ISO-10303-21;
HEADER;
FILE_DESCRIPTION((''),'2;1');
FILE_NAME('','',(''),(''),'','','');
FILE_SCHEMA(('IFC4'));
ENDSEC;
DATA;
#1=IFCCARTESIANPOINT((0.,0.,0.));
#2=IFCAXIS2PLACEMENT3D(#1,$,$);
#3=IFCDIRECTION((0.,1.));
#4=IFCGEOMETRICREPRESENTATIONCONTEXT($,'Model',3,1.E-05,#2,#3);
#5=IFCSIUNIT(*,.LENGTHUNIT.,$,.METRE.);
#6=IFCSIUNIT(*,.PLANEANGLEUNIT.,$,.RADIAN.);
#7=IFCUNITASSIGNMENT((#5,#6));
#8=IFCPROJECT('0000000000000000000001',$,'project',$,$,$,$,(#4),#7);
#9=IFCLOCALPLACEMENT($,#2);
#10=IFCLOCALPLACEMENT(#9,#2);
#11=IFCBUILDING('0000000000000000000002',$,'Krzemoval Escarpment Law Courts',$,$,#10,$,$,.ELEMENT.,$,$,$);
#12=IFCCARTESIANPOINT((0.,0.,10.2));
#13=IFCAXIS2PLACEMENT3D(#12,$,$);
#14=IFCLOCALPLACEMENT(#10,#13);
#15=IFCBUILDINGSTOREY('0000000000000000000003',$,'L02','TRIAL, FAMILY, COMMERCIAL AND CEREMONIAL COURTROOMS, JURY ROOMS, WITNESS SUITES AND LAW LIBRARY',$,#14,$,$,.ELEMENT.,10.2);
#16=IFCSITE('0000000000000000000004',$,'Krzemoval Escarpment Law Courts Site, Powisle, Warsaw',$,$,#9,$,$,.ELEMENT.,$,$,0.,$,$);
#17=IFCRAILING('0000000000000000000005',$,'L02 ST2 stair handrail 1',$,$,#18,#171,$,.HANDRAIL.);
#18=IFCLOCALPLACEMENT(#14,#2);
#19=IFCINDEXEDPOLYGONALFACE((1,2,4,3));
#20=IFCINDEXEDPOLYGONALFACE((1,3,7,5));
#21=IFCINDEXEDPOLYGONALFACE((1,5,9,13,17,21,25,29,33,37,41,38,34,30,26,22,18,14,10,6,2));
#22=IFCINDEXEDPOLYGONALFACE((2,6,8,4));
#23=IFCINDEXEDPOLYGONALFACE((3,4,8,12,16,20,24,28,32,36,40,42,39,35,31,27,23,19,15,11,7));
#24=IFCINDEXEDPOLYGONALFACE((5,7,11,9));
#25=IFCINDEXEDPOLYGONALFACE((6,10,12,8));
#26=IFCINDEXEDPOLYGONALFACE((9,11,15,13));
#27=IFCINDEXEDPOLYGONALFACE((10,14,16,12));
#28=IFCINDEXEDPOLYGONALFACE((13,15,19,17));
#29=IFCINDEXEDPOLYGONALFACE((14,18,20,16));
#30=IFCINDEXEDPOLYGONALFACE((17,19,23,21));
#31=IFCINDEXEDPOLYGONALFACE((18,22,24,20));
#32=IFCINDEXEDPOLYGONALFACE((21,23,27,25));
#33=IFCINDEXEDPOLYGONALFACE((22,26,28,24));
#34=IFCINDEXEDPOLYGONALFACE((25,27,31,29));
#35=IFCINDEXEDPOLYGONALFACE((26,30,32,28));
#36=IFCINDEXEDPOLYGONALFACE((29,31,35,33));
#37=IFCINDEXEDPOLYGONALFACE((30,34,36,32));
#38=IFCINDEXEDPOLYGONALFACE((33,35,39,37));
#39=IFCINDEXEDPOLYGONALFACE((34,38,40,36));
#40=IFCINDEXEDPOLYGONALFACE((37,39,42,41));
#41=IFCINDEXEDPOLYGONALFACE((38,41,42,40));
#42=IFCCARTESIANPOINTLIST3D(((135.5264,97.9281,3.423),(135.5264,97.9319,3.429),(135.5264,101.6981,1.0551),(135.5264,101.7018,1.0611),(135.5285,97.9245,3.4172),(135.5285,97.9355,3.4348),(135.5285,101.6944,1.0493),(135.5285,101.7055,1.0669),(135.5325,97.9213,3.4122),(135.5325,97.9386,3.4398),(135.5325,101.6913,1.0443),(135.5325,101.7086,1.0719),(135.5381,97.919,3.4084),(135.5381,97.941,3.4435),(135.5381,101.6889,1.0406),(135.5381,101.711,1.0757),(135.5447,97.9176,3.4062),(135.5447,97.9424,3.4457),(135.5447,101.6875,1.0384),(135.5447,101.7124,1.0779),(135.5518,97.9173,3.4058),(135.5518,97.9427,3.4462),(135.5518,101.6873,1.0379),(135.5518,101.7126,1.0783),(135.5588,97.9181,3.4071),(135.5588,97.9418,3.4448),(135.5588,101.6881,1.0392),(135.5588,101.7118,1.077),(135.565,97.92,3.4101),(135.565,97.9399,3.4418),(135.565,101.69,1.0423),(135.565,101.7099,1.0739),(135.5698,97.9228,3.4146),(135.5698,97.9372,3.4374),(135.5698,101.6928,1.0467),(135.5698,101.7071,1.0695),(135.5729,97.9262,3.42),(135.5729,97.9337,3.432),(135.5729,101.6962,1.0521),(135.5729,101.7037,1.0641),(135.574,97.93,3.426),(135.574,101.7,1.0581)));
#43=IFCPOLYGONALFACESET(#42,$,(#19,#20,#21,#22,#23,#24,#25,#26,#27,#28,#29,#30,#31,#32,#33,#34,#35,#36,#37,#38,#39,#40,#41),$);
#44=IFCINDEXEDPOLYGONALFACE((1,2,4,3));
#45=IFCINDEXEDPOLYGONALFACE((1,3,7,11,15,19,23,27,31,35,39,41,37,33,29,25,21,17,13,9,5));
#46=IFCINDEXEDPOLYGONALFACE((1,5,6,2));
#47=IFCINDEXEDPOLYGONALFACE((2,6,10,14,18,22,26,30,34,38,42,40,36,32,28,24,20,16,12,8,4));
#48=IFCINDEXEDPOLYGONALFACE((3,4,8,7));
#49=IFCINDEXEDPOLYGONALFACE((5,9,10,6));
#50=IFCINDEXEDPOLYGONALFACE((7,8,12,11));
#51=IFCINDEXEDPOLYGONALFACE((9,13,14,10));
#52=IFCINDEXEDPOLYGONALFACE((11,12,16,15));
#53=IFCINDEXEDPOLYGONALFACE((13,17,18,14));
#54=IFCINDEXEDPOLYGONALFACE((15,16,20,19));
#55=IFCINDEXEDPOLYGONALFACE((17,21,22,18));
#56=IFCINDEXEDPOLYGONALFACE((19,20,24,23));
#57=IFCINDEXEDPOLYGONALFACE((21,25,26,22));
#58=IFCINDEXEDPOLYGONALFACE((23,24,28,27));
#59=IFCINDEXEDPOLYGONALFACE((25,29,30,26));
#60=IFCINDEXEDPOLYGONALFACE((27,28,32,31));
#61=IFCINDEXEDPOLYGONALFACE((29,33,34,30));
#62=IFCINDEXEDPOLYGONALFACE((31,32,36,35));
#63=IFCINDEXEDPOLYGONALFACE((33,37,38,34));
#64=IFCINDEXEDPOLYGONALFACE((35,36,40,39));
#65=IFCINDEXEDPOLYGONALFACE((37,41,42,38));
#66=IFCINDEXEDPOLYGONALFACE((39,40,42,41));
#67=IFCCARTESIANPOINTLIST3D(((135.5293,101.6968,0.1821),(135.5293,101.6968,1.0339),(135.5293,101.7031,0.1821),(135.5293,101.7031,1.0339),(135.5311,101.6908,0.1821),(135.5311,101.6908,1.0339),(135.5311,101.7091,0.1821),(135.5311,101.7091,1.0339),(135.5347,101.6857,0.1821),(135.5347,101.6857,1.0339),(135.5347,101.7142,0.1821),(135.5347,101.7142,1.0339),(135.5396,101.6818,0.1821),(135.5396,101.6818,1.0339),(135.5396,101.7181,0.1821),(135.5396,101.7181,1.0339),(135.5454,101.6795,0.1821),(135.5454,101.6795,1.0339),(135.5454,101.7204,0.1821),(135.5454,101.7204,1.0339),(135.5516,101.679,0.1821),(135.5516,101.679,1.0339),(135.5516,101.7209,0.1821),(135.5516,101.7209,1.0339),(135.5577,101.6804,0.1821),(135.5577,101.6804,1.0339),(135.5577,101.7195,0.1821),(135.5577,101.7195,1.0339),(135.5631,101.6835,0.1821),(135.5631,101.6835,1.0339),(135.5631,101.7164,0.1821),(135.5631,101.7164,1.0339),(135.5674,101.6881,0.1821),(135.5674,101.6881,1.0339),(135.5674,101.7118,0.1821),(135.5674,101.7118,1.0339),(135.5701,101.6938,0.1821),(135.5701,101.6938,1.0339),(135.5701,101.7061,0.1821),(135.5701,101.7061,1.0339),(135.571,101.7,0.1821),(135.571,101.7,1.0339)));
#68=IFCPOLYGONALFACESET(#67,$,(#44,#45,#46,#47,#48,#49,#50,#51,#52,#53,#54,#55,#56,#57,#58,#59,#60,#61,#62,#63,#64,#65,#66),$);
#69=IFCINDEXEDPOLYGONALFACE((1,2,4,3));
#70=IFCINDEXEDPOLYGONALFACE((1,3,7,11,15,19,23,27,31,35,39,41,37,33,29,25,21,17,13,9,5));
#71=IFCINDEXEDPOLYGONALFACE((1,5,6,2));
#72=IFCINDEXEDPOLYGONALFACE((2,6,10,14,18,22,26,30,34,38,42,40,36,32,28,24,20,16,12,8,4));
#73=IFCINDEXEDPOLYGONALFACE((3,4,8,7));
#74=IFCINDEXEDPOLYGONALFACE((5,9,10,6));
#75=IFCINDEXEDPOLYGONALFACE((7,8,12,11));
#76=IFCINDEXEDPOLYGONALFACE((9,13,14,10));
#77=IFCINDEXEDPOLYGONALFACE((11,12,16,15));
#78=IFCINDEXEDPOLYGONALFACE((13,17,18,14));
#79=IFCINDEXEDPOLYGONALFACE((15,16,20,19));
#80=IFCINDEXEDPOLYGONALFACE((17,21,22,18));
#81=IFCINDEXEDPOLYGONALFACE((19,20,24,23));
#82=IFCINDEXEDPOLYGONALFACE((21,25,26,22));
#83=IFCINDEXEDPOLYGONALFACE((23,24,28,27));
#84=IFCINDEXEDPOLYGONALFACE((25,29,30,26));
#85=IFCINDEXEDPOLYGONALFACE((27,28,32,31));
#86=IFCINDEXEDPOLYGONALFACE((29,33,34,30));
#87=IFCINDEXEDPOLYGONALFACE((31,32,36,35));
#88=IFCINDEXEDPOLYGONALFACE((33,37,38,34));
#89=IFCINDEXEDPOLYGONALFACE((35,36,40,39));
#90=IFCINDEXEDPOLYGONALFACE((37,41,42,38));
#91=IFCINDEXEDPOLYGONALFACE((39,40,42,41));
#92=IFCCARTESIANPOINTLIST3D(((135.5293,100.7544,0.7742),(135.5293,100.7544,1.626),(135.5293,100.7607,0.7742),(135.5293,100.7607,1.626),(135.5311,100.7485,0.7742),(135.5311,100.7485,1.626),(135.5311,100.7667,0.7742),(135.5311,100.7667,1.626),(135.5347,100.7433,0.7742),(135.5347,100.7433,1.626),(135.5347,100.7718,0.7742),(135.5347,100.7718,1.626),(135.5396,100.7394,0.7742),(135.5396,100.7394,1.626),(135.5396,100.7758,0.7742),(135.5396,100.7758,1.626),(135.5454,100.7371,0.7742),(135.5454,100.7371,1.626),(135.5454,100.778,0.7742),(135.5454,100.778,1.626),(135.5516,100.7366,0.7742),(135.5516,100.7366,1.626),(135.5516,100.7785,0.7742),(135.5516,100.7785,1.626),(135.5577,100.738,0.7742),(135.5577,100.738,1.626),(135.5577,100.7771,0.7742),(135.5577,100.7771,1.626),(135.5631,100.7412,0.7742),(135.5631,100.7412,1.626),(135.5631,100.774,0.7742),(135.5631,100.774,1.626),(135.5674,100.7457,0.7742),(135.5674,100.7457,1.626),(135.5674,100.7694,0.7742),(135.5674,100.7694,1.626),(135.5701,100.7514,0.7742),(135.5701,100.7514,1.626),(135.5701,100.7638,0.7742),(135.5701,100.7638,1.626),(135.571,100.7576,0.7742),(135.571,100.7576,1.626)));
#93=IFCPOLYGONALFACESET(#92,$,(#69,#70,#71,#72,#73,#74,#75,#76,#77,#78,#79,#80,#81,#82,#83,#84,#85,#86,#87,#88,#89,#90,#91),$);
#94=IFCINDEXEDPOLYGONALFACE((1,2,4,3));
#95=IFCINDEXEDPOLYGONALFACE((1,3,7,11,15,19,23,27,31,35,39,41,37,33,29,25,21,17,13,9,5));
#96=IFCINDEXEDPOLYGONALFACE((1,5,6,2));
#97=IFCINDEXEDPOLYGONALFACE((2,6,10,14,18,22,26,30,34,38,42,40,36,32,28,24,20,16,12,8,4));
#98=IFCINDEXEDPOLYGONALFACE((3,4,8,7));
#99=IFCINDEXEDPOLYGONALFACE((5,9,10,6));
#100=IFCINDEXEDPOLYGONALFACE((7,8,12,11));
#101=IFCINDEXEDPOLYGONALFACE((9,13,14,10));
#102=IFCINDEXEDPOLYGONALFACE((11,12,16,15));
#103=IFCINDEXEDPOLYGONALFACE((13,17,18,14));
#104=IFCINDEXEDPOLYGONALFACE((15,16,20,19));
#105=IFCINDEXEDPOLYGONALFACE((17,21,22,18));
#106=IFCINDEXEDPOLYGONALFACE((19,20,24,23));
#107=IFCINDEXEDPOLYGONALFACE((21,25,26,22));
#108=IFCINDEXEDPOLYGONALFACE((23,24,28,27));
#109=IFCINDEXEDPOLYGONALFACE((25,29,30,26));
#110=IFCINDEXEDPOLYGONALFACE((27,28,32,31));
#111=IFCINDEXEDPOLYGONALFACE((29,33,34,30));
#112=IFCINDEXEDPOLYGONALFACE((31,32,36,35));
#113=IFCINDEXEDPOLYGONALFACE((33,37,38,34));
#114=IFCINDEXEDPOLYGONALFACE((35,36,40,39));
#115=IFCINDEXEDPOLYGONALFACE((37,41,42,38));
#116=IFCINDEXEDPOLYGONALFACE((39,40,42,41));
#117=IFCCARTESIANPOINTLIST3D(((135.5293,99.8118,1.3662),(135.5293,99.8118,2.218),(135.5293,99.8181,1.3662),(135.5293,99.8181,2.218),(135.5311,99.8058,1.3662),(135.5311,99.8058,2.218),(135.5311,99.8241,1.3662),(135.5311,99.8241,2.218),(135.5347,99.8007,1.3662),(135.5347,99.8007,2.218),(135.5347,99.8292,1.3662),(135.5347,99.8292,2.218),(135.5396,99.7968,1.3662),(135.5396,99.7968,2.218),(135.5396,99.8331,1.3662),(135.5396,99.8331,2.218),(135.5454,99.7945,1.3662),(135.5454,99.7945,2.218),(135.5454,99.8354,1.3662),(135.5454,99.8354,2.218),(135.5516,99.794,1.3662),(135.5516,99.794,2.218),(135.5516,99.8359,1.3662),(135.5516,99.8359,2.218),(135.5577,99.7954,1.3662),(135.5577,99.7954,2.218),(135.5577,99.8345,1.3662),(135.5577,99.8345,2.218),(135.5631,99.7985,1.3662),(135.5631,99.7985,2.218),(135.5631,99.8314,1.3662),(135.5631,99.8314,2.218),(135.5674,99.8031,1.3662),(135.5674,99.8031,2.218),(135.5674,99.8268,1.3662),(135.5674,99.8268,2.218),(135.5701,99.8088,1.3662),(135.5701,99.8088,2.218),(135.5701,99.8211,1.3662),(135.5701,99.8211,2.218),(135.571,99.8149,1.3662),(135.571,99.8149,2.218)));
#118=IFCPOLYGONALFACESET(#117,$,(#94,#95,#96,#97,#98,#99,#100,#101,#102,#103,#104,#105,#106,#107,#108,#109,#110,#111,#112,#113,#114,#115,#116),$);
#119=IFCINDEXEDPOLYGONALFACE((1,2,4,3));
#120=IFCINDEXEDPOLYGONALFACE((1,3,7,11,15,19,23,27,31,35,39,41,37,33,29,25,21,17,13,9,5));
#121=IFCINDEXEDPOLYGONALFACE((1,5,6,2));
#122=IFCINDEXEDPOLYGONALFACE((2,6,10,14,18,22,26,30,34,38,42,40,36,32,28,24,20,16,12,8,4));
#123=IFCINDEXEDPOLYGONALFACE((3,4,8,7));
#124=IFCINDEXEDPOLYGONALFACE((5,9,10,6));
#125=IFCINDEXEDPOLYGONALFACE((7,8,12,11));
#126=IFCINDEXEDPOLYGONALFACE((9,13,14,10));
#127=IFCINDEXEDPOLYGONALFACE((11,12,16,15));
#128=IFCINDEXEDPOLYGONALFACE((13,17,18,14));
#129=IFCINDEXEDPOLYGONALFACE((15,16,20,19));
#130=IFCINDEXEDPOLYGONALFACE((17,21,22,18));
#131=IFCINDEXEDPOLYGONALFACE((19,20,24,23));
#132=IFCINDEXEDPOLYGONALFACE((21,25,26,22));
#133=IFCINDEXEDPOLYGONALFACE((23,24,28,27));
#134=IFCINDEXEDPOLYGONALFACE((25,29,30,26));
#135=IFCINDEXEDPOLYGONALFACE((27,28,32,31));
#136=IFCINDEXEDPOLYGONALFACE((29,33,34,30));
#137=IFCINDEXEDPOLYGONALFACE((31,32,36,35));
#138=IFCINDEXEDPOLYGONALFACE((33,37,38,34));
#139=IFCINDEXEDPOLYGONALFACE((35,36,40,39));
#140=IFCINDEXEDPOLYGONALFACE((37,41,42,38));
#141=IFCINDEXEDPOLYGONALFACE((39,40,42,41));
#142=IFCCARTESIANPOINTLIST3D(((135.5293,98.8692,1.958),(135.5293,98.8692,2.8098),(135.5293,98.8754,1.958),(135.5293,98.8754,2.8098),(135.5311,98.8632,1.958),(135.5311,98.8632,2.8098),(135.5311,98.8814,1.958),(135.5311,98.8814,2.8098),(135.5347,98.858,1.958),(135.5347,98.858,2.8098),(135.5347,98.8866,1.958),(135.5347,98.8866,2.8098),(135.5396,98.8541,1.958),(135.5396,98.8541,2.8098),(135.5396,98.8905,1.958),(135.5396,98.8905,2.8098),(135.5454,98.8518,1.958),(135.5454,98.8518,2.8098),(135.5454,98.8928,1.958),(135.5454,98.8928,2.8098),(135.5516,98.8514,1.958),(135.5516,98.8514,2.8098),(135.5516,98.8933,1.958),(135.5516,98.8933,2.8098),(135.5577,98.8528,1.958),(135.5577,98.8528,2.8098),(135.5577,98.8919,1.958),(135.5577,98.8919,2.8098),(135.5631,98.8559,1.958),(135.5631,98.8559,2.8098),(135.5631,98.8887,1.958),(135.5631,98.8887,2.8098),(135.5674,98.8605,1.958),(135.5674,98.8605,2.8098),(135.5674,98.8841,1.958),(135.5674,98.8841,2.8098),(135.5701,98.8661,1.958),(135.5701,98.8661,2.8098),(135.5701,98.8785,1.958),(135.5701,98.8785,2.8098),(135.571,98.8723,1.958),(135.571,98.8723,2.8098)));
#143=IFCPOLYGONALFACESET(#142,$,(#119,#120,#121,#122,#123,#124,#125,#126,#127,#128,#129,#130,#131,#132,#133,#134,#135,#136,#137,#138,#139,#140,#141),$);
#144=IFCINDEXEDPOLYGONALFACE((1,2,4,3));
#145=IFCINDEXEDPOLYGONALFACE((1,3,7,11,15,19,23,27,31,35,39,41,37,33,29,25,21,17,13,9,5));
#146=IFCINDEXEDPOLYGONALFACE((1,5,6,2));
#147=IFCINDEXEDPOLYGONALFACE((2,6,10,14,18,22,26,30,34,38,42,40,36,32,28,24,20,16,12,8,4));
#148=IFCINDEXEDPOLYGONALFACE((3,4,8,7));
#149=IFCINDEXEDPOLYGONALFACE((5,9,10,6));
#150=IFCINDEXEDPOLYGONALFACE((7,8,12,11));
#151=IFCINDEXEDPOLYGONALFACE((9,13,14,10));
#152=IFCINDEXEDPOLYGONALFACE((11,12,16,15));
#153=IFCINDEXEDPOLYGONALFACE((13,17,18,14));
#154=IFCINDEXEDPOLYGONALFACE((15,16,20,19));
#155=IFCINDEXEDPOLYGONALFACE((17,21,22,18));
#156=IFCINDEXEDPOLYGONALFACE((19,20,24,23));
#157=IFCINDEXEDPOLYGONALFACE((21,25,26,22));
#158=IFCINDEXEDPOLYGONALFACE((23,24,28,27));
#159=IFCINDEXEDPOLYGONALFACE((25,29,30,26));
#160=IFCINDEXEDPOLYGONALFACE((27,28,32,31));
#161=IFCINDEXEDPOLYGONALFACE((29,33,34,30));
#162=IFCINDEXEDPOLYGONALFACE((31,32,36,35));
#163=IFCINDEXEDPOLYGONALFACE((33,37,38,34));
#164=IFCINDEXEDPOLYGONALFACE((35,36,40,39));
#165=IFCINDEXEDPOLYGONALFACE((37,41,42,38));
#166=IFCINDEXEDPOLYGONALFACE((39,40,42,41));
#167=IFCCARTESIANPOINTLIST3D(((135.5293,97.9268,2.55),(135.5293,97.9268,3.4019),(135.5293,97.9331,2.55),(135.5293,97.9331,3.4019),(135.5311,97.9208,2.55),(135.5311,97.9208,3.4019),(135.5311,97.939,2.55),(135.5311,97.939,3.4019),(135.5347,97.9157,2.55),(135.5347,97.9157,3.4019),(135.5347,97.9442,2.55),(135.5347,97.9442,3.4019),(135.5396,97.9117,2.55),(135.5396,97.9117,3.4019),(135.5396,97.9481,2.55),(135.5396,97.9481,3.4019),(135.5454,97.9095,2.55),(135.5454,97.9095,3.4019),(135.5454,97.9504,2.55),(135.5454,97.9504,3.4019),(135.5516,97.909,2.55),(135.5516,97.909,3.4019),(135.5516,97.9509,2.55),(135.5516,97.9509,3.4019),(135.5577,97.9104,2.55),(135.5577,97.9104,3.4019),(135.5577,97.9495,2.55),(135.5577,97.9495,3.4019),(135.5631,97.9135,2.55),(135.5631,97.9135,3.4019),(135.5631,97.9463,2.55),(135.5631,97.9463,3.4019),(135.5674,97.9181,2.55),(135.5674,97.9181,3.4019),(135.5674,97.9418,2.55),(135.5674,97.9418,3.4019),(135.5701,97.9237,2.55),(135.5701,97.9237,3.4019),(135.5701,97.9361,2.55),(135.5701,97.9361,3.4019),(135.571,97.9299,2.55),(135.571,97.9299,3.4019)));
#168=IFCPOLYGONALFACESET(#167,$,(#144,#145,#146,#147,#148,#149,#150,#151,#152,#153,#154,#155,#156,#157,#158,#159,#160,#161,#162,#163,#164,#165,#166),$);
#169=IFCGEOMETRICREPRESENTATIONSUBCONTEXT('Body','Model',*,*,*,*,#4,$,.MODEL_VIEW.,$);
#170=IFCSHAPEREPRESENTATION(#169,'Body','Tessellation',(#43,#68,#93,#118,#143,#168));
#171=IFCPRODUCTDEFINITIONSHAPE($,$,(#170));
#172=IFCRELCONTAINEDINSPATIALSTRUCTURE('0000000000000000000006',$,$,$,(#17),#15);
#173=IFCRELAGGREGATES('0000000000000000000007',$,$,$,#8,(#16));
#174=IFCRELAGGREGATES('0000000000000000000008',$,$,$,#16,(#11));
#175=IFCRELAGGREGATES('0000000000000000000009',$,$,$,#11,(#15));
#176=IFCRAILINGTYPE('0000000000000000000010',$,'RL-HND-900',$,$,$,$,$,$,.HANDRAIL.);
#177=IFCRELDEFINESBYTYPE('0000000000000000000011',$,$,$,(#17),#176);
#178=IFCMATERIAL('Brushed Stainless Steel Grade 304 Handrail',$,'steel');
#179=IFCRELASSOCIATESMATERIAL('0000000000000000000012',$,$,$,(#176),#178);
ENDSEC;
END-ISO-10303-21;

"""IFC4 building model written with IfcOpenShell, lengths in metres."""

from ifc_helpers import new_model, si_unit, direction, frame, origin, origin_2d, place, context, subcontext, project, spatial, circle, extrude, material, type_object, element, save


model = new_model("IFC4")

# Units and contexts
model_context = context("Model", 3, precision=1e-05, world=origin(), true_north=direction((0.0, 1.0)))
body_context = subcontext(model_context, "Body", "Model", "MODEL_VIEW")
ifc_project = project(units=[si_unit("LENGTHUNIT", "METRE"), si_unit("PLANEANGLEUNIT", "RADIAN")], contexts=[model_context])

# Site, building, storey
site_placement = place(None, origin())
site = spatial("IfcSite", under=ifc_project, at=site_placement, Name="Krzemoval Escarpment Law Courts Site, Powisle, Warsaw", CompositionType="ELEMENT", RefElevation=0.0)
building_placement = place(site_placement, origin())
building = spatial("IfcBuilding", under=site, at=building_placement, Name="Krzemoval Escarpment Law Courts", CompositionType="ELEMENT")
storey_placement = place(building_placement, frame((0.0, 0.0, 10.2)))
storey = spatial("IfcBuildingStorey", under=building, at=storey_placement, Name="L02", Description="TRIAL, FAMILY, COMMERCIAL AND CEREMONIAL COURTROOMS, JURY ROOMS, WITNESS SUITES AND LAW LIBRARY", CompositionType="ELEMENT", Elevation=10.2)

# Railing
ifc_material_1 = material(Name="Brushed Stainless Steel Grade 304 Handrail", Category="steel")
railing_type_1 = type_object("IfcRailingType", Name="RL-HND-900", PredefinedType="HANDRAIL", material=ifc_material_1)
railing_1_placement = place(storey_placement, frame((135.55, 101.7, 0.1821)))
element("IfcRailing", 1, at=railing_1_placement, inside=storey, type_object=railing_type_1, Name="L02 ST2 stair handrail 1", PredefinedType="HANDRAIL", context=body_context, shape_type="SweptSolid", body=[
    extrude(circle(Radius=0.0239, at=origin_2d()), frame((0.0, 0.0, 0.876), z_axis=(0.0, -0.846819, 0.531881), x_axis=(1.0, 0.0, 0.0)), (0.0, 0.0, 1.0), 4.4519),
    extrude(circle(Radius=0.021, at=origin_2d()), origin(), (0.0, 0.0, 1.0), 0.8518),
    extrude(circle(Radius=0.021, at=origin_2d()), frame((0.0, -0.9424, 0.592)), (0.0, 0.0, 1.0), 0.8518),
    extrude(circle(Radius=0.021, at=origin_2d()), frame((0.0, -1.885, 1.1841)), (0.0, 0.0, 1.0), 0.8518),
    extrude(circle(Radius=0.021, at=origin_2d()), frame((0.0, -2.8276, 1.7759)), (0.0, 0.0, 1.0), 0.8518),
    extrude(circle(Radius=0.021, at=origin_2d()), frame((0.0, -3.77, 2.3679)), (0.0, 0.0, 1.0), 0.8518),
])

save(model, "model.ifc")
